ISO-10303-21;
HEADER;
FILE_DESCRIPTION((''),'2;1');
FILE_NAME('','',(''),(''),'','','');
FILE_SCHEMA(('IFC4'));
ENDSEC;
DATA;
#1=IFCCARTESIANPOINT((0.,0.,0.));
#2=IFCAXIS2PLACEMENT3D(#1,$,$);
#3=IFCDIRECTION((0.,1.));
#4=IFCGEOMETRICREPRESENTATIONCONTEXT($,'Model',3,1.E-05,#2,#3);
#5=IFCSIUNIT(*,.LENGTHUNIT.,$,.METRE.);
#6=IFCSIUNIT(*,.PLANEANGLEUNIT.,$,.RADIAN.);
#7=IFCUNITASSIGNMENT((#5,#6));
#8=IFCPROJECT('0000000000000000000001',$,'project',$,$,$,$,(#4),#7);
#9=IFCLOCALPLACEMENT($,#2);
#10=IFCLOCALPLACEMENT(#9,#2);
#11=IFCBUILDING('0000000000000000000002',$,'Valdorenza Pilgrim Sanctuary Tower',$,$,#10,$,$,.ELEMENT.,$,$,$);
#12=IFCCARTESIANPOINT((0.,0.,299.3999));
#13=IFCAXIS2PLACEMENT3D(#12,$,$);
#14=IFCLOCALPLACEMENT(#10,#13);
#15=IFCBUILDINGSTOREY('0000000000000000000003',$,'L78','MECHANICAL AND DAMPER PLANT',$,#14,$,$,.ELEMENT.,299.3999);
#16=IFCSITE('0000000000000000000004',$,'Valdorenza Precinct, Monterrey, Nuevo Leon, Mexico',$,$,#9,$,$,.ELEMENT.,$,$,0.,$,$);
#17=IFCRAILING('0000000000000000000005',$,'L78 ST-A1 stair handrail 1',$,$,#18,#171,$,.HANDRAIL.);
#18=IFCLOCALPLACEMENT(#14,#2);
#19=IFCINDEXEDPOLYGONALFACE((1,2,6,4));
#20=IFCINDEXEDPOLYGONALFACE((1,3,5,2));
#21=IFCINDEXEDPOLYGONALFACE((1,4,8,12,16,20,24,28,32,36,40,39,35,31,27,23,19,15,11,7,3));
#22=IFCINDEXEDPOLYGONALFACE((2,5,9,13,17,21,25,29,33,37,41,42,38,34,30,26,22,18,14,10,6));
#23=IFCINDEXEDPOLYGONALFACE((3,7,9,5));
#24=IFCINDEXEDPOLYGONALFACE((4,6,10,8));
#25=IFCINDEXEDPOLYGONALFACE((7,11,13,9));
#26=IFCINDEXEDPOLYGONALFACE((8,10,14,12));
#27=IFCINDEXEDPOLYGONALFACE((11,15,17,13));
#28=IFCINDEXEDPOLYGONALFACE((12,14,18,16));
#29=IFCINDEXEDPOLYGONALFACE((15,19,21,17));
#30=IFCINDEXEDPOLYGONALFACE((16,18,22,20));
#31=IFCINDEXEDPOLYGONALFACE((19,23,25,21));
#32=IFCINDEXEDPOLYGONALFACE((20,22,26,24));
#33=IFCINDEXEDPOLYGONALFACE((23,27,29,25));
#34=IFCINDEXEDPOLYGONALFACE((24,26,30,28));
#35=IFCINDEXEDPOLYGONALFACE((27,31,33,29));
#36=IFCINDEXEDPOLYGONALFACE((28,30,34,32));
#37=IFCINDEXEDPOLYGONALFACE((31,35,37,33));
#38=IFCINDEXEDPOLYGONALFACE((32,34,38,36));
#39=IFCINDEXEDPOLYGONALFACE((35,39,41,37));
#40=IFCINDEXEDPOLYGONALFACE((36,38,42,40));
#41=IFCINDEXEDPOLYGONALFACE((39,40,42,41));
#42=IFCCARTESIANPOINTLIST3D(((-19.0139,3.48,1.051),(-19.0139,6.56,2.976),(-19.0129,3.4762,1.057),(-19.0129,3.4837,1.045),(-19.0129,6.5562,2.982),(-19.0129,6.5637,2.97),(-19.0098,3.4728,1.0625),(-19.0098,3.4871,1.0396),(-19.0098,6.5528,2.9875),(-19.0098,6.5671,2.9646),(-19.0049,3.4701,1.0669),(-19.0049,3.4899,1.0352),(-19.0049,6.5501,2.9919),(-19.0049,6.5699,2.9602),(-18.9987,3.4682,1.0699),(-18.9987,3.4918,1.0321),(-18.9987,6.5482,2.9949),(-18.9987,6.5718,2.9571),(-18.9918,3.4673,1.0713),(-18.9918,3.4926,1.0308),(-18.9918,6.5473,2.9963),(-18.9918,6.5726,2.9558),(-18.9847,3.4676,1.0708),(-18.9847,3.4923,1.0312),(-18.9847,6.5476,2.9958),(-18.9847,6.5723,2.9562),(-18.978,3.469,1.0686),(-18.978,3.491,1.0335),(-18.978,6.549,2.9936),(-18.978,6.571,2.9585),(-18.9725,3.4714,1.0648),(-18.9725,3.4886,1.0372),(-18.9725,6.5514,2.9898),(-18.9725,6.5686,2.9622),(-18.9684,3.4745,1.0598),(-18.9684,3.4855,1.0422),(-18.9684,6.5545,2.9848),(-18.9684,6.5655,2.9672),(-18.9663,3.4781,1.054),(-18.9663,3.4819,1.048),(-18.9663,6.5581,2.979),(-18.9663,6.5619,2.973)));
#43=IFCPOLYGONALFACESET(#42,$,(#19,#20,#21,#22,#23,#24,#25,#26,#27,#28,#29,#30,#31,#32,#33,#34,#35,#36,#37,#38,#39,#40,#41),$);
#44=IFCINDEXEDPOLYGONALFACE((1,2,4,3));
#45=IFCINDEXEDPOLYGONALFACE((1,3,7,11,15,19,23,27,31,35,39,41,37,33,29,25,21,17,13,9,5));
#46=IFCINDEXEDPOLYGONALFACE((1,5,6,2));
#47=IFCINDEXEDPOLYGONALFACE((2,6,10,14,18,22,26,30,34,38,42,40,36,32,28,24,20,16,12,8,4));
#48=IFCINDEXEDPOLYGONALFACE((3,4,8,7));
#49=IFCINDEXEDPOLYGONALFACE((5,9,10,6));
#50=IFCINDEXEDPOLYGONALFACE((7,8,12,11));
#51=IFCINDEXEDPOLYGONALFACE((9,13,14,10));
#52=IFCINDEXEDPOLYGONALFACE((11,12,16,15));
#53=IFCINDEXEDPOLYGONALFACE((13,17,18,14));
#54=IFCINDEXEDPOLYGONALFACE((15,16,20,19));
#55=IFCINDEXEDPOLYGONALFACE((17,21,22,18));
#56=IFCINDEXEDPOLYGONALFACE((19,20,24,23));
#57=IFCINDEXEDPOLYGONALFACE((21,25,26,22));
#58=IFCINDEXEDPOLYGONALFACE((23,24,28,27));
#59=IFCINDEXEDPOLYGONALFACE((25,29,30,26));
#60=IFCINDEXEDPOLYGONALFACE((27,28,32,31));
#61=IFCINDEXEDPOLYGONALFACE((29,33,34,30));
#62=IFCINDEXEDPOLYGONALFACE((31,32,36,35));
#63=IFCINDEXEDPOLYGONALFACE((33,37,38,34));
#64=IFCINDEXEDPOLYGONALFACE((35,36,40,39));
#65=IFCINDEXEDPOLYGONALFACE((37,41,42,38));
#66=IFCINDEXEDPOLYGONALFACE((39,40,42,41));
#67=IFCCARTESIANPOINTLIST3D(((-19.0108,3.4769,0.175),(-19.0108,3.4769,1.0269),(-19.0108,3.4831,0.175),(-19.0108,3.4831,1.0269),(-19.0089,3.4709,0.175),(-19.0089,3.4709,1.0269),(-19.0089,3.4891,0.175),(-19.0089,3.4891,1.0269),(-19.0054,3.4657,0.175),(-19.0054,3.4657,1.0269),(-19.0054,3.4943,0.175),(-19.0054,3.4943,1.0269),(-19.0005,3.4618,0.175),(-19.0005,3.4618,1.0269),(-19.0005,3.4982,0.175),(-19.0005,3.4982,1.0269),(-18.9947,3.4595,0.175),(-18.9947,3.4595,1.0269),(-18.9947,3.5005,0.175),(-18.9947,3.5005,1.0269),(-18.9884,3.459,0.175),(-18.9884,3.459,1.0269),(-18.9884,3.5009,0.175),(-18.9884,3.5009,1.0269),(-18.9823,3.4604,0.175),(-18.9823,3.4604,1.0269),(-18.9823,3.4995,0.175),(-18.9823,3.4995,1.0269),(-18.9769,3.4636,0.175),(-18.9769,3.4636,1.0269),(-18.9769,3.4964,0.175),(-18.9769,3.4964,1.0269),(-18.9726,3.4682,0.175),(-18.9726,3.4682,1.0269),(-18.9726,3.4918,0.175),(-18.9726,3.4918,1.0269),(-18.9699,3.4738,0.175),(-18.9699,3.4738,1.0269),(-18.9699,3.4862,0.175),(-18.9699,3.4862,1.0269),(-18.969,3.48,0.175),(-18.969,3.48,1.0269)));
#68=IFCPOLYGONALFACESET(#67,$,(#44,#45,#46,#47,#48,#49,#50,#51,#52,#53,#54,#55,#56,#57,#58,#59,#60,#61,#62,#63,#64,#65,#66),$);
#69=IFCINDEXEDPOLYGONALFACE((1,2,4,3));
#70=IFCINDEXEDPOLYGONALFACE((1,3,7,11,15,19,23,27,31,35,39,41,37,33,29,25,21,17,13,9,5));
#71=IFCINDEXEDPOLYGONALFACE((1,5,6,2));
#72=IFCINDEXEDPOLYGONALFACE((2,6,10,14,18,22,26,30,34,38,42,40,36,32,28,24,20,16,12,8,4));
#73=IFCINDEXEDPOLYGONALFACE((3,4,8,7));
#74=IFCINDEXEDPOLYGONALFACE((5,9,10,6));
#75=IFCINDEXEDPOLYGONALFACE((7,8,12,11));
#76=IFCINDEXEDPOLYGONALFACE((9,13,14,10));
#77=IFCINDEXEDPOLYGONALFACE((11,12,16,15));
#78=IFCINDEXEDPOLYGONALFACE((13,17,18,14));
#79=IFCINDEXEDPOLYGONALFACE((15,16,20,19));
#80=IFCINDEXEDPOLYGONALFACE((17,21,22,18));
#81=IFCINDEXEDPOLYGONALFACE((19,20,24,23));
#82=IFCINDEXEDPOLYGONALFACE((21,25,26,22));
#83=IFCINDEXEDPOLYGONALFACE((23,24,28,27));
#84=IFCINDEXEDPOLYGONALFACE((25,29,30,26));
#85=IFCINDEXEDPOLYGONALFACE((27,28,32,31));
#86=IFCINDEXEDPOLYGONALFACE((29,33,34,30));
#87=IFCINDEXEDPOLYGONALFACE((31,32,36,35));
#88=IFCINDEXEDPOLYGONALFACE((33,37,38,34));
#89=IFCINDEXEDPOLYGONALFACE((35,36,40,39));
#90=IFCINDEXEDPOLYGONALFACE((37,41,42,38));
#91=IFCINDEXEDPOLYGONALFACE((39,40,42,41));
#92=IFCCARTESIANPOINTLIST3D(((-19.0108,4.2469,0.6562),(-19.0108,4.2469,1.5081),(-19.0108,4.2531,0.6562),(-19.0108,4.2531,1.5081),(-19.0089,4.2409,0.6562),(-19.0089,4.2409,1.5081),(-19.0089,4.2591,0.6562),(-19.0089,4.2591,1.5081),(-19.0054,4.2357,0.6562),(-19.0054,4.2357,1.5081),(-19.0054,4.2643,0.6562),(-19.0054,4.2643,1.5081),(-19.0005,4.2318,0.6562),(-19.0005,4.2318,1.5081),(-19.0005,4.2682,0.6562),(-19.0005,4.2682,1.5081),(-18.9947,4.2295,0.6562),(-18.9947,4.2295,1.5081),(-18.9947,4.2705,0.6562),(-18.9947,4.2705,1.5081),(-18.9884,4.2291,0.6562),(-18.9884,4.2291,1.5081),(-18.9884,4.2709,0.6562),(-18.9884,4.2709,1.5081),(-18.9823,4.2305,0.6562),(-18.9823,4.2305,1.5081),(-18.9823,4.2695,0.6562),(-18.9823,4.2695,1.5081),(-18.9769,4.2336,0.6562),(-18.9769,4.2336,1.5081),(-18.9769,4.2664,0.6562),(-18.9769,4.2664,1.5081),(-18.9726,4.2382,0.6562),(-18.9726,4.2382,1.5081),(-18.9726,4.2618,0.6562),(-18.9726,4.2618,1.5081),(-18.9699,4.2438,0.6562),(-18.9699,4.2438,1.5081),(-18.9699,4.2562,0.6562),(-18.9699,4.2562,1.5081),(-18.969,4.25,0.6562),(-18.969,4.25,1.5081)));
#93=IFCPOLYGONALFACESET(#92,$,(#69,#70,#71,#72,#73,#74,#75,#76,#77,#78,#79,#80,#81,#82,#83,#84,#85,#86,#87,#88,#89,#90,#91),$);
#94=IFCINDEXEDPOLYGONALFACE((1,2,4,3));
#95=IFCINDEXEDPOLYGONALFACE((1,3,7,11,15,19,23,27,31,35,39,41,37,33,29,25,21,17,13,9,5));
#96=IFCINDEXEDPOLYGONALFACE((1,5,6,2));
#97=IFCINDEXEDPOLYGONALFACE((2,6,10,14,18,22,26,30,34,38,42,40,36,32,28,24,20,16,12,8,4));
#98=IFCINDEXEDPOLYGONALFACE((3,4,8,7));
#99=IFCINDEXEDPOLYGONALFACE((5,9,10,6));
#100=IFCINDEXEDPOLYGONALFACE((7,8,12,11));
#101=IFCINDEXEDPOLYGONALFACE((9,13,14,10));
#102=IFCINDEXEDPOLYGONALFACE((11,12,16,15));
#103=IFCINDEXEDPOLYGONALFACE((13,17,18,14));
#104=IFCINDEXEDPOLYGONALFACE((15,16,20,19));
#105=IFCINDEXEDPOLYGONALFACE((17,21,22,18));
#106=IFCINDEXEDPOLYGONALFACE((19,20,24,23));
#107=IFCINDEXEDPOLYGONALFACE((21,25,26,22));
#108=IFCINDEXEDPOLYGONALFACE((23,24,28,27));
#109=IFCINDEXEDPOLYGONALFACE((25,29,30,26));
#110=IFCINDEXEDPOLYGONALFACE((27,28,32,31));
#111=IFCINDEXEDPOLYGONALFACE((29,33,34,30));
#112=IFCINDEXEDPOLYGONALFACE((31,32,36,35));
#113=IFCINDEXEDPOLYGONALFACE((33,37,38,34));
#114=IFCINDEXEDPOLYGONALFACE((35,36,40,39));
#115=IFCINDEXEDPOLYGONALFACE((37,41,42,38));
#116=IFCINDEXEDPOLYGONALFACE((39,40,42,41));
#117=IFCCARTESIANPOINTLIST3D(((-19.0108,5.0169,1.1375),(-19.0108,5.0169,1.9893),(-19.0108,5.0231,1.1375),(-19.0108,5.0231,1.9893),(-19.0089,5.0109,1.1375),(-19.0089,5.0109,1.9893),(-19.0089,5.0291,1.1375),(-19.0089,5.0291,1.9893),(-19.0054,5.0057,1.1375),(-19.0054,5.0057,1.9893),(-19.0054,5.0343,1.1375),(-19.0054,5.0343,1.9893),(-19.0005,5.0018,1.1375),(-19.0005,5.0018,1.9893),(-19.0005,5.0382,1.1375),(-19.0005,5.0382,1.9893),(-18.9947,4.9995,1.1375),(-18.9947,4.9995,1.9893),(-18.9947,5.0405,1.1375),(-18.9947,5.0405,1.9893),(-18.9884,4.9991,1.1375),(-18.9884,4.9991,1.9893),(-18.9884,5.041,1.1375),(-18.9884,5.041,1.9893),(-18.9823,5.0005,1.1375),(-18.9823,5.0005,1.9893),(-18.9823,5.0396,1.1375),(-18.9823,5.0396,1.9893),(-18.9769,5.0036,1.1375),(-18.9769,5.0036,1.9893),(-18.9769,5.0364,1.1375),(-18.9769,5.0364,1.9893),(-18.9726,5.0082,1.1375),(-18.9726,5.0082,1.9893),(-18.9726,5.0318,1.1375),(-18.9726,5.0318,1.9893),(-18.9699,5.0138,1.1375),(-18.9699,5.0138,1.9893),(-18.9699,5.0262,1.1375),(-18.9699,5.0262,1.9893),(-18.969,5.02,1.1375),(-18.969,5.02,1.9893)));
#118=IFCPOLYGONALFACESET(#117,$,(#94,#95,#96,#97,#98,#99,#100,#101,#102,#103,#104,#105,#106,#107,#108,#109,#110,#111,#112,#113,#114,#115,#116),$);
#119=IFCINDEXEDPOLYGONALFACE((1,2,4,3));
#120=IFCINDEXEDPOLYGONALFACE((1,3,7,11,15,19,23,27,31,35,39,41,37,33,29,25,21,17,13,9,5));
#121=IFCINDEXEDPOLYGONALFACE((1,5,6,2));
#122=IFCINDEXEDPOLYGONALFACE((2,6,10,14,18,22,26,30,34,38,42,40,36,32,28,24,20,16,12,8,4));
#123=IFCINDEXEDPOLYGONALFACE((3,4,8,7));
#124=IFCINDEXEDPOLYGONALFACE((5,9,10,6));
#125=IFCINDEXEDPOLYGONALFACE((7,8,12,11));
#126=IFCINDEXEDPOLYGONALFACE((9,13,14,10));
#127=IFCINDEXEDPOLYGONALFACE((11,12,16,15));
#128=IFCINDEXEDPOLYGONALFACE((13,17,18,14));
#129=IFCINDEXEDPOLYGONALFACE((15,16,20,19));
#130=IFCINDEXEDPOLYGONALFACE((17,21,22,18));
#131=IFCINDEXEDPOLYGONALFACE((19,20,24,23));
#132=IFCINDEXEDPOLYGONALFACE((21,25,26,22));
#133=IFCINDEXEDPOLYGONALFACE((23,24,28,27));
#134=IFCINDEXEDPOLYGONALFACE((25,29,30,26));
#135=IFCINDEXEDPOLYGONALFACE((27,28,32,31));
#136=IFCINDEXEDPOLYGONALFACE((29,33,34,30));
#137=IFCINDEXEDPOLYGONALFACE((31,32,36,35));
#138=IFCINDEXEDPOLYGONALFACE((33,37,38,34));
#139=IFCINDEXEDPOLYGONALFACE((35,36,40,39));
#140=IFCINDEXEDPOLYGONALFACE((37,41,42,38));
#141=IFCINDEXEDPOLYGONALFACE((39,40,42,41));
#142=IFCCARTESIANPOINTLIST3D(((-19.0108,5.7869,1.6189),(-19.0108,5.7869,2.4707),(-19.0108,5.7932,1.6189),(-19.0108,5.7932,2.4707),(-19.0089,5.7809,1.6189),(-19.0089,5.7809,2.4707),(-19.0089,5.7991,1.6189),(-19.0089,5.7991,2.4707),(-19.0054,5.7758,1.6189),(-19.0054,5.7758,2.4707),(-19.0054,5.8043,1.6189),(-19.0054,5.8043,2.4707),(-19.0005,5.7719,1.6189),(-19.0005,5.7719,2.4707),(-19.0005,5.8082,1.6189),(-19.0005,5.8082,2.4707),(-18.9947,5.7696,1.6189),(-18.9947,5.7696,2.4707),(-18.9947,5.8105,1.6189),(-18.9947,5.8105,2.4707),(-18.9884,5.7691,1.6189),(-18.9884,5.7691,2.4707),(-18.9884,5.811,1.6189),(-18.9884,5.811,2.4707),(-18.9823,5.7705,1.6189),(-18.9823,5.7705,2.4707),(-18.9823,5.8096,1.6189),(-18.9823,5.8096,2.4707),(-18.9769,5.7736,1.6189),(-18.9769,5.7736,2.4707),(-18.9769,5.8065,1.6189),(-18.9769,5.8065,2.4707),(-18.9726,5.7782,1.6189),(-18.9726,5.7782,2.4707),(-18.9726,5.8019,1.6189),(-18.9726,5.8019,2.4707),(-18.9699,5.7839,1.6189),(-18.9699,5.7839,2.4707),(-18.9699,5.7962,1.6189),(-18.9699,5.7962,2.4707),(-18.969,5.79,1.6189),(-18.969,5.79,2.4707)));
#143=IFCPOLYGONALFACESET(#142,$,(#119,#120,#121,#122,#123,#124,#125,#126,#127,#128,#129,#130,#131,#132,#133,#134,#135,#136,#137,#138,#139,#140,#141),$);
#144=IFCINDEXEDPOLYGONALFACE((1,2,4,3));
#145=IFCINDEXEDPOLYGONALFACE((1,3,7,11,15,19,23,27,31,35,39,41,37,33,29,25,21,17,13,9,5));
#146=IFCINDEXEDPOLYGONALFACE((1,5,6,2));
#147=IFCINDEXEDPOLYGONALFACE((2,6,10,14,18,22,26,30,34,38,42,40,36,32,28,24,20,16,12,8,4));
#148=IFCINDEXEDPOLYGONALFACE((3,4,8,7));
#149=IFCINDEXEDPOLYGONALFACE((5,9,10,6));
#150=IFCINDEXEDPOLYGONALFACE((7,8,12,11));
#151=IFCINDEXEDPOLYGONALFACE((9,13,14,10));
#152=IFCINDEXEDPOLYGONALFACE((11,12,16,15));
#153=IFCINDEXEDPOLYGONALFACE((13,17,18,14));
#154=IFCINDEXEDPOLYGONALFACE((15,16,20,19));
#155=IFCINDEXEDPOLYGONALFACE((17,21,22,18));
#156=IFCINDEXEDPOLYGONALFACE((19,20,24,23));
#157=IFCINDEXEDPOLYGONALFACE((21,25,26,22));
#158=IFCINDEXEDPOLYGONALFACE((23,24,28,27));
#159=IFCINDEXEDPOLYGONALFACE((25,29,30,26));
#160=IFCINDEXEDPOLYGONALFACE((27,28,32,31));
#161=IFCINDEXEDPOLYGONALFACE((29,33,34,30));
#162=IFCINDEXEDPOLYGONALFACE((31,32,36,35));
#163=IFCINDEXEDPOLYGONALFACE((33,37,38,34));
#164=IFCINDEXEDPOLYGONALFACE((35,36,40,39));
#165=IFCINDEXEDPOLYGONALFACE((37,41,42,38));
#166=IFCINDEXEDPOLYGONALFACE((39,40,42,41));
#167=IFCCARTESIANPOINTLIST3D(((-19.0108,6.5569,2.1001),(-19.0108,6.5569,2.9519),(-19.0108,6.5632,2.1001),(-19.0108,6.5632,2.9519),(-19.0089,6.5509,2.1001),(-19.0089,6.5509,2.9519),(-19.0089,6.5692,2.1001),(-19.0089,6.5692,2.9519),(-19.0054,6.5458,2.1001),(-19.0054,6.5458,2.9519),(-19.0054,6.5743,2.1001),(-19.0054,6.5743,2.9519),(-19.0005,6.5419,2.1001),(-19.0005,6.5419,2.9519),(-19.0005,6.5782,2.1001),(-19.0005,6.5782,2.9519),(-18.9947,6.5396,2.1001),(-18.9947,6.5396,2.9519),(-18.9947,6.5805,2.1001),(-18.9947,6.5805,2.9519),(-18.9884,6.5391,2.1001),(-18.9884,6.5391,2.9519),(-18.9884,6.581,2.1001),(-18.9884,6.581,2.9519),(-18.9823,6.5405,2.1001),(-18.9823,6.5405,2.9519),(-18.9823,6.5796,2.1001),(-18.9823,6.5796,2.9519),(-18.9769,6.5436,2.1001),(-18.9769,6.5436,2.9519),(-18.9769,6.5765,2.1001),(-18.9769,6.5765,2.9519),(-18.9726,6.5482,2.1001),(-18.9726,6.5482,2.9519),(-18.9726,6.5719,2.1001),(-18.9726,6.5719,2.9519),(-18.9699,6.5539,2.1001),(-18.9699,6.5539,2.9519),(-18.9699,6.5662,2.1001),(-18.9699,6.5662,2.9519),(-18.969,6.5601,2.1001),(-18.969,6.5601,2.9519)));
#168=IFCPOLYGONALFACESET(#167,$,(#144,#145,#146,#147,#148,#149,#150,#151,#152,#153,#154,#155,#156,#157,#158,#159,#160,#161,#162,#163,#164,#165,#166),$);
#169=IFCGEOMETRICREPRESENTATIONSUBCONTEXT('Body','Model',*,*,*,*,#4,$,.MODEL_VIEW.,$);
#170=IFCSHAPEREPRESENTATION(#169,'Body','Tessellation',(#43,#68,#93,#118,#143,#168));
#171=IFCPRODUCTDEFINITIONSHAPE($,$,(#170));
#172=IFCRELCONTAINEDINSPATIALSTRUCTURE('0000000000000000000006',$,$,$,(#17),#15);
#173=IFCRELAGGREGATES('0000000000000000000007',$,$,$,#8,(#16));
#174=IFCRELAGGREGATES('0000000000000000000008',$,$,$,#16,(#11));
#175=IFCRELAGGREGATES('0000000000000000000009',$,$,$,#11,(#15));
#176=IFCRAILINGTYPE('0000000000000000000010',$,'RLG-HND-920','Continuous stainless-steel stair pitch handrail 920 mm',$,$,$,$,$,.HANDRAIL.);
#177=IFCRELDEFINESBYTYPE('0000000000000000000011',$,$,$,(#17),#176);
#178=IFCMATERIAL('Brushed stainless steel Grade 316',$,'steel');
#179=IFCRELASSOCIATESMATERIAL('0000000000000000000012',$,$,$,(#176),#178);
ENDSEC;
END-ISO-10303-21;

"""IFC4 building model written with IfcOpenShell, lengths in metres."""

from ifc_helpers import new_model, si_unit, direction, frame, origin, origin_2d, place, context, subcontext, project, spatial, circle, extrude, material, type_object, element, save


model = new_model("IFC4")

# Units and contexts
model_context = context("Model", 3, precision=1e-05, world=origin(), true_north=direction((0.0, 1.0)))
body_context = subcontext(model_context, "Body", "Model", "MODEL_VIEW")
ifc_project = project(units=[si_unit("LENGTHUNIT", "METRE"), si_unit("PLANEANGLEUNIT", "RADIAN")], contexts=[model_context])

# Site, building, storey
site_placement = place(None, origin())
site = spatial("IfcSite", under=ifc_project, at=site_placement, Name="Valdorenza Precinct, Monterrey, Nuevo Leon, Mexico", CompositionType="ELEMENT", RefElevation=0.0)
building_placement = place(site_placement, origin())
building = spatial("IfcBuilding", under=site, at=building_placement, Name="Valdorenza Pilgrim Sanctuary Tower", CompositionType="ELEMENT")
storey_placement = place(building_placement, frame((0.0, 0.0, 299.3999)))
storey = spatial("IfcBuildingStorey", under=building, at=storey_placement, Name="L78", Description="MECHANICAL AND DAMPER PLANT", CompositionType="ELEMENT", Elevation=299.3999)

# Shared definitions
ifc_material_1 = material(Name="Brushed stainless steel Grade 316", Category="steel")

# Railing
railing_type_1 = type_object("IfcRailingType", Name="RLG-HND-920", Description="Continuous stainless-steel stair pitch handrail 920 mm", PredefinedType="HANDRAIL", material=ifc_material_1)
railing_1_placement = place(storey_placement, frame((-18.99, 3.48, 0.175)))
element("IfcRailing", 1, at=railing_1_placement, inside=storey, type_object=railing_type_1, Name="L78 ST-A1 stair handrail 1", PredefinedType="HANDRAIL", context=body_context, shape_type="SweptSolid", body=[
    extrude(circle(Radius=0.0239, at=origin_2d()), frame((0.0, 0.0, 0.876), z_axis=(0.0, 0.847998, 0.529999), x_axis=(-1.0, 0.0, 0.0)), (0.0, 0.0, 1.0), 3.6321),
    extrude(circle(Radius=0.021, at=origin_2d()), origin(), (0.0, 0.0, 1.0), 0.8518),
    extrude(circle(Radius=0.021, at=origin_2d()), frame((0.0, 0.77, 0.4812)), (0.0, 0.0, 1.0), 0.8518),
    extrude(circle(Radius=0.021, at=origin_2d()), frame((0.0, 1.54, 0.9624)), (0.0, 0.0, 1.0), 0.8518),
    extrude(circle(Radius=0.021, at=origin_2d()), frame((0.0, 2.3101, 1.4438)), (0.0, 0.0, 1.0), 0.8518),
    extrude(circle(Radius=0.021, at=origin_2d()), frame((0.0, 3.0801, 1.925)), (0.0, 0.0, 1.0), 0.8518),
])

save(model, "model.ifc")
